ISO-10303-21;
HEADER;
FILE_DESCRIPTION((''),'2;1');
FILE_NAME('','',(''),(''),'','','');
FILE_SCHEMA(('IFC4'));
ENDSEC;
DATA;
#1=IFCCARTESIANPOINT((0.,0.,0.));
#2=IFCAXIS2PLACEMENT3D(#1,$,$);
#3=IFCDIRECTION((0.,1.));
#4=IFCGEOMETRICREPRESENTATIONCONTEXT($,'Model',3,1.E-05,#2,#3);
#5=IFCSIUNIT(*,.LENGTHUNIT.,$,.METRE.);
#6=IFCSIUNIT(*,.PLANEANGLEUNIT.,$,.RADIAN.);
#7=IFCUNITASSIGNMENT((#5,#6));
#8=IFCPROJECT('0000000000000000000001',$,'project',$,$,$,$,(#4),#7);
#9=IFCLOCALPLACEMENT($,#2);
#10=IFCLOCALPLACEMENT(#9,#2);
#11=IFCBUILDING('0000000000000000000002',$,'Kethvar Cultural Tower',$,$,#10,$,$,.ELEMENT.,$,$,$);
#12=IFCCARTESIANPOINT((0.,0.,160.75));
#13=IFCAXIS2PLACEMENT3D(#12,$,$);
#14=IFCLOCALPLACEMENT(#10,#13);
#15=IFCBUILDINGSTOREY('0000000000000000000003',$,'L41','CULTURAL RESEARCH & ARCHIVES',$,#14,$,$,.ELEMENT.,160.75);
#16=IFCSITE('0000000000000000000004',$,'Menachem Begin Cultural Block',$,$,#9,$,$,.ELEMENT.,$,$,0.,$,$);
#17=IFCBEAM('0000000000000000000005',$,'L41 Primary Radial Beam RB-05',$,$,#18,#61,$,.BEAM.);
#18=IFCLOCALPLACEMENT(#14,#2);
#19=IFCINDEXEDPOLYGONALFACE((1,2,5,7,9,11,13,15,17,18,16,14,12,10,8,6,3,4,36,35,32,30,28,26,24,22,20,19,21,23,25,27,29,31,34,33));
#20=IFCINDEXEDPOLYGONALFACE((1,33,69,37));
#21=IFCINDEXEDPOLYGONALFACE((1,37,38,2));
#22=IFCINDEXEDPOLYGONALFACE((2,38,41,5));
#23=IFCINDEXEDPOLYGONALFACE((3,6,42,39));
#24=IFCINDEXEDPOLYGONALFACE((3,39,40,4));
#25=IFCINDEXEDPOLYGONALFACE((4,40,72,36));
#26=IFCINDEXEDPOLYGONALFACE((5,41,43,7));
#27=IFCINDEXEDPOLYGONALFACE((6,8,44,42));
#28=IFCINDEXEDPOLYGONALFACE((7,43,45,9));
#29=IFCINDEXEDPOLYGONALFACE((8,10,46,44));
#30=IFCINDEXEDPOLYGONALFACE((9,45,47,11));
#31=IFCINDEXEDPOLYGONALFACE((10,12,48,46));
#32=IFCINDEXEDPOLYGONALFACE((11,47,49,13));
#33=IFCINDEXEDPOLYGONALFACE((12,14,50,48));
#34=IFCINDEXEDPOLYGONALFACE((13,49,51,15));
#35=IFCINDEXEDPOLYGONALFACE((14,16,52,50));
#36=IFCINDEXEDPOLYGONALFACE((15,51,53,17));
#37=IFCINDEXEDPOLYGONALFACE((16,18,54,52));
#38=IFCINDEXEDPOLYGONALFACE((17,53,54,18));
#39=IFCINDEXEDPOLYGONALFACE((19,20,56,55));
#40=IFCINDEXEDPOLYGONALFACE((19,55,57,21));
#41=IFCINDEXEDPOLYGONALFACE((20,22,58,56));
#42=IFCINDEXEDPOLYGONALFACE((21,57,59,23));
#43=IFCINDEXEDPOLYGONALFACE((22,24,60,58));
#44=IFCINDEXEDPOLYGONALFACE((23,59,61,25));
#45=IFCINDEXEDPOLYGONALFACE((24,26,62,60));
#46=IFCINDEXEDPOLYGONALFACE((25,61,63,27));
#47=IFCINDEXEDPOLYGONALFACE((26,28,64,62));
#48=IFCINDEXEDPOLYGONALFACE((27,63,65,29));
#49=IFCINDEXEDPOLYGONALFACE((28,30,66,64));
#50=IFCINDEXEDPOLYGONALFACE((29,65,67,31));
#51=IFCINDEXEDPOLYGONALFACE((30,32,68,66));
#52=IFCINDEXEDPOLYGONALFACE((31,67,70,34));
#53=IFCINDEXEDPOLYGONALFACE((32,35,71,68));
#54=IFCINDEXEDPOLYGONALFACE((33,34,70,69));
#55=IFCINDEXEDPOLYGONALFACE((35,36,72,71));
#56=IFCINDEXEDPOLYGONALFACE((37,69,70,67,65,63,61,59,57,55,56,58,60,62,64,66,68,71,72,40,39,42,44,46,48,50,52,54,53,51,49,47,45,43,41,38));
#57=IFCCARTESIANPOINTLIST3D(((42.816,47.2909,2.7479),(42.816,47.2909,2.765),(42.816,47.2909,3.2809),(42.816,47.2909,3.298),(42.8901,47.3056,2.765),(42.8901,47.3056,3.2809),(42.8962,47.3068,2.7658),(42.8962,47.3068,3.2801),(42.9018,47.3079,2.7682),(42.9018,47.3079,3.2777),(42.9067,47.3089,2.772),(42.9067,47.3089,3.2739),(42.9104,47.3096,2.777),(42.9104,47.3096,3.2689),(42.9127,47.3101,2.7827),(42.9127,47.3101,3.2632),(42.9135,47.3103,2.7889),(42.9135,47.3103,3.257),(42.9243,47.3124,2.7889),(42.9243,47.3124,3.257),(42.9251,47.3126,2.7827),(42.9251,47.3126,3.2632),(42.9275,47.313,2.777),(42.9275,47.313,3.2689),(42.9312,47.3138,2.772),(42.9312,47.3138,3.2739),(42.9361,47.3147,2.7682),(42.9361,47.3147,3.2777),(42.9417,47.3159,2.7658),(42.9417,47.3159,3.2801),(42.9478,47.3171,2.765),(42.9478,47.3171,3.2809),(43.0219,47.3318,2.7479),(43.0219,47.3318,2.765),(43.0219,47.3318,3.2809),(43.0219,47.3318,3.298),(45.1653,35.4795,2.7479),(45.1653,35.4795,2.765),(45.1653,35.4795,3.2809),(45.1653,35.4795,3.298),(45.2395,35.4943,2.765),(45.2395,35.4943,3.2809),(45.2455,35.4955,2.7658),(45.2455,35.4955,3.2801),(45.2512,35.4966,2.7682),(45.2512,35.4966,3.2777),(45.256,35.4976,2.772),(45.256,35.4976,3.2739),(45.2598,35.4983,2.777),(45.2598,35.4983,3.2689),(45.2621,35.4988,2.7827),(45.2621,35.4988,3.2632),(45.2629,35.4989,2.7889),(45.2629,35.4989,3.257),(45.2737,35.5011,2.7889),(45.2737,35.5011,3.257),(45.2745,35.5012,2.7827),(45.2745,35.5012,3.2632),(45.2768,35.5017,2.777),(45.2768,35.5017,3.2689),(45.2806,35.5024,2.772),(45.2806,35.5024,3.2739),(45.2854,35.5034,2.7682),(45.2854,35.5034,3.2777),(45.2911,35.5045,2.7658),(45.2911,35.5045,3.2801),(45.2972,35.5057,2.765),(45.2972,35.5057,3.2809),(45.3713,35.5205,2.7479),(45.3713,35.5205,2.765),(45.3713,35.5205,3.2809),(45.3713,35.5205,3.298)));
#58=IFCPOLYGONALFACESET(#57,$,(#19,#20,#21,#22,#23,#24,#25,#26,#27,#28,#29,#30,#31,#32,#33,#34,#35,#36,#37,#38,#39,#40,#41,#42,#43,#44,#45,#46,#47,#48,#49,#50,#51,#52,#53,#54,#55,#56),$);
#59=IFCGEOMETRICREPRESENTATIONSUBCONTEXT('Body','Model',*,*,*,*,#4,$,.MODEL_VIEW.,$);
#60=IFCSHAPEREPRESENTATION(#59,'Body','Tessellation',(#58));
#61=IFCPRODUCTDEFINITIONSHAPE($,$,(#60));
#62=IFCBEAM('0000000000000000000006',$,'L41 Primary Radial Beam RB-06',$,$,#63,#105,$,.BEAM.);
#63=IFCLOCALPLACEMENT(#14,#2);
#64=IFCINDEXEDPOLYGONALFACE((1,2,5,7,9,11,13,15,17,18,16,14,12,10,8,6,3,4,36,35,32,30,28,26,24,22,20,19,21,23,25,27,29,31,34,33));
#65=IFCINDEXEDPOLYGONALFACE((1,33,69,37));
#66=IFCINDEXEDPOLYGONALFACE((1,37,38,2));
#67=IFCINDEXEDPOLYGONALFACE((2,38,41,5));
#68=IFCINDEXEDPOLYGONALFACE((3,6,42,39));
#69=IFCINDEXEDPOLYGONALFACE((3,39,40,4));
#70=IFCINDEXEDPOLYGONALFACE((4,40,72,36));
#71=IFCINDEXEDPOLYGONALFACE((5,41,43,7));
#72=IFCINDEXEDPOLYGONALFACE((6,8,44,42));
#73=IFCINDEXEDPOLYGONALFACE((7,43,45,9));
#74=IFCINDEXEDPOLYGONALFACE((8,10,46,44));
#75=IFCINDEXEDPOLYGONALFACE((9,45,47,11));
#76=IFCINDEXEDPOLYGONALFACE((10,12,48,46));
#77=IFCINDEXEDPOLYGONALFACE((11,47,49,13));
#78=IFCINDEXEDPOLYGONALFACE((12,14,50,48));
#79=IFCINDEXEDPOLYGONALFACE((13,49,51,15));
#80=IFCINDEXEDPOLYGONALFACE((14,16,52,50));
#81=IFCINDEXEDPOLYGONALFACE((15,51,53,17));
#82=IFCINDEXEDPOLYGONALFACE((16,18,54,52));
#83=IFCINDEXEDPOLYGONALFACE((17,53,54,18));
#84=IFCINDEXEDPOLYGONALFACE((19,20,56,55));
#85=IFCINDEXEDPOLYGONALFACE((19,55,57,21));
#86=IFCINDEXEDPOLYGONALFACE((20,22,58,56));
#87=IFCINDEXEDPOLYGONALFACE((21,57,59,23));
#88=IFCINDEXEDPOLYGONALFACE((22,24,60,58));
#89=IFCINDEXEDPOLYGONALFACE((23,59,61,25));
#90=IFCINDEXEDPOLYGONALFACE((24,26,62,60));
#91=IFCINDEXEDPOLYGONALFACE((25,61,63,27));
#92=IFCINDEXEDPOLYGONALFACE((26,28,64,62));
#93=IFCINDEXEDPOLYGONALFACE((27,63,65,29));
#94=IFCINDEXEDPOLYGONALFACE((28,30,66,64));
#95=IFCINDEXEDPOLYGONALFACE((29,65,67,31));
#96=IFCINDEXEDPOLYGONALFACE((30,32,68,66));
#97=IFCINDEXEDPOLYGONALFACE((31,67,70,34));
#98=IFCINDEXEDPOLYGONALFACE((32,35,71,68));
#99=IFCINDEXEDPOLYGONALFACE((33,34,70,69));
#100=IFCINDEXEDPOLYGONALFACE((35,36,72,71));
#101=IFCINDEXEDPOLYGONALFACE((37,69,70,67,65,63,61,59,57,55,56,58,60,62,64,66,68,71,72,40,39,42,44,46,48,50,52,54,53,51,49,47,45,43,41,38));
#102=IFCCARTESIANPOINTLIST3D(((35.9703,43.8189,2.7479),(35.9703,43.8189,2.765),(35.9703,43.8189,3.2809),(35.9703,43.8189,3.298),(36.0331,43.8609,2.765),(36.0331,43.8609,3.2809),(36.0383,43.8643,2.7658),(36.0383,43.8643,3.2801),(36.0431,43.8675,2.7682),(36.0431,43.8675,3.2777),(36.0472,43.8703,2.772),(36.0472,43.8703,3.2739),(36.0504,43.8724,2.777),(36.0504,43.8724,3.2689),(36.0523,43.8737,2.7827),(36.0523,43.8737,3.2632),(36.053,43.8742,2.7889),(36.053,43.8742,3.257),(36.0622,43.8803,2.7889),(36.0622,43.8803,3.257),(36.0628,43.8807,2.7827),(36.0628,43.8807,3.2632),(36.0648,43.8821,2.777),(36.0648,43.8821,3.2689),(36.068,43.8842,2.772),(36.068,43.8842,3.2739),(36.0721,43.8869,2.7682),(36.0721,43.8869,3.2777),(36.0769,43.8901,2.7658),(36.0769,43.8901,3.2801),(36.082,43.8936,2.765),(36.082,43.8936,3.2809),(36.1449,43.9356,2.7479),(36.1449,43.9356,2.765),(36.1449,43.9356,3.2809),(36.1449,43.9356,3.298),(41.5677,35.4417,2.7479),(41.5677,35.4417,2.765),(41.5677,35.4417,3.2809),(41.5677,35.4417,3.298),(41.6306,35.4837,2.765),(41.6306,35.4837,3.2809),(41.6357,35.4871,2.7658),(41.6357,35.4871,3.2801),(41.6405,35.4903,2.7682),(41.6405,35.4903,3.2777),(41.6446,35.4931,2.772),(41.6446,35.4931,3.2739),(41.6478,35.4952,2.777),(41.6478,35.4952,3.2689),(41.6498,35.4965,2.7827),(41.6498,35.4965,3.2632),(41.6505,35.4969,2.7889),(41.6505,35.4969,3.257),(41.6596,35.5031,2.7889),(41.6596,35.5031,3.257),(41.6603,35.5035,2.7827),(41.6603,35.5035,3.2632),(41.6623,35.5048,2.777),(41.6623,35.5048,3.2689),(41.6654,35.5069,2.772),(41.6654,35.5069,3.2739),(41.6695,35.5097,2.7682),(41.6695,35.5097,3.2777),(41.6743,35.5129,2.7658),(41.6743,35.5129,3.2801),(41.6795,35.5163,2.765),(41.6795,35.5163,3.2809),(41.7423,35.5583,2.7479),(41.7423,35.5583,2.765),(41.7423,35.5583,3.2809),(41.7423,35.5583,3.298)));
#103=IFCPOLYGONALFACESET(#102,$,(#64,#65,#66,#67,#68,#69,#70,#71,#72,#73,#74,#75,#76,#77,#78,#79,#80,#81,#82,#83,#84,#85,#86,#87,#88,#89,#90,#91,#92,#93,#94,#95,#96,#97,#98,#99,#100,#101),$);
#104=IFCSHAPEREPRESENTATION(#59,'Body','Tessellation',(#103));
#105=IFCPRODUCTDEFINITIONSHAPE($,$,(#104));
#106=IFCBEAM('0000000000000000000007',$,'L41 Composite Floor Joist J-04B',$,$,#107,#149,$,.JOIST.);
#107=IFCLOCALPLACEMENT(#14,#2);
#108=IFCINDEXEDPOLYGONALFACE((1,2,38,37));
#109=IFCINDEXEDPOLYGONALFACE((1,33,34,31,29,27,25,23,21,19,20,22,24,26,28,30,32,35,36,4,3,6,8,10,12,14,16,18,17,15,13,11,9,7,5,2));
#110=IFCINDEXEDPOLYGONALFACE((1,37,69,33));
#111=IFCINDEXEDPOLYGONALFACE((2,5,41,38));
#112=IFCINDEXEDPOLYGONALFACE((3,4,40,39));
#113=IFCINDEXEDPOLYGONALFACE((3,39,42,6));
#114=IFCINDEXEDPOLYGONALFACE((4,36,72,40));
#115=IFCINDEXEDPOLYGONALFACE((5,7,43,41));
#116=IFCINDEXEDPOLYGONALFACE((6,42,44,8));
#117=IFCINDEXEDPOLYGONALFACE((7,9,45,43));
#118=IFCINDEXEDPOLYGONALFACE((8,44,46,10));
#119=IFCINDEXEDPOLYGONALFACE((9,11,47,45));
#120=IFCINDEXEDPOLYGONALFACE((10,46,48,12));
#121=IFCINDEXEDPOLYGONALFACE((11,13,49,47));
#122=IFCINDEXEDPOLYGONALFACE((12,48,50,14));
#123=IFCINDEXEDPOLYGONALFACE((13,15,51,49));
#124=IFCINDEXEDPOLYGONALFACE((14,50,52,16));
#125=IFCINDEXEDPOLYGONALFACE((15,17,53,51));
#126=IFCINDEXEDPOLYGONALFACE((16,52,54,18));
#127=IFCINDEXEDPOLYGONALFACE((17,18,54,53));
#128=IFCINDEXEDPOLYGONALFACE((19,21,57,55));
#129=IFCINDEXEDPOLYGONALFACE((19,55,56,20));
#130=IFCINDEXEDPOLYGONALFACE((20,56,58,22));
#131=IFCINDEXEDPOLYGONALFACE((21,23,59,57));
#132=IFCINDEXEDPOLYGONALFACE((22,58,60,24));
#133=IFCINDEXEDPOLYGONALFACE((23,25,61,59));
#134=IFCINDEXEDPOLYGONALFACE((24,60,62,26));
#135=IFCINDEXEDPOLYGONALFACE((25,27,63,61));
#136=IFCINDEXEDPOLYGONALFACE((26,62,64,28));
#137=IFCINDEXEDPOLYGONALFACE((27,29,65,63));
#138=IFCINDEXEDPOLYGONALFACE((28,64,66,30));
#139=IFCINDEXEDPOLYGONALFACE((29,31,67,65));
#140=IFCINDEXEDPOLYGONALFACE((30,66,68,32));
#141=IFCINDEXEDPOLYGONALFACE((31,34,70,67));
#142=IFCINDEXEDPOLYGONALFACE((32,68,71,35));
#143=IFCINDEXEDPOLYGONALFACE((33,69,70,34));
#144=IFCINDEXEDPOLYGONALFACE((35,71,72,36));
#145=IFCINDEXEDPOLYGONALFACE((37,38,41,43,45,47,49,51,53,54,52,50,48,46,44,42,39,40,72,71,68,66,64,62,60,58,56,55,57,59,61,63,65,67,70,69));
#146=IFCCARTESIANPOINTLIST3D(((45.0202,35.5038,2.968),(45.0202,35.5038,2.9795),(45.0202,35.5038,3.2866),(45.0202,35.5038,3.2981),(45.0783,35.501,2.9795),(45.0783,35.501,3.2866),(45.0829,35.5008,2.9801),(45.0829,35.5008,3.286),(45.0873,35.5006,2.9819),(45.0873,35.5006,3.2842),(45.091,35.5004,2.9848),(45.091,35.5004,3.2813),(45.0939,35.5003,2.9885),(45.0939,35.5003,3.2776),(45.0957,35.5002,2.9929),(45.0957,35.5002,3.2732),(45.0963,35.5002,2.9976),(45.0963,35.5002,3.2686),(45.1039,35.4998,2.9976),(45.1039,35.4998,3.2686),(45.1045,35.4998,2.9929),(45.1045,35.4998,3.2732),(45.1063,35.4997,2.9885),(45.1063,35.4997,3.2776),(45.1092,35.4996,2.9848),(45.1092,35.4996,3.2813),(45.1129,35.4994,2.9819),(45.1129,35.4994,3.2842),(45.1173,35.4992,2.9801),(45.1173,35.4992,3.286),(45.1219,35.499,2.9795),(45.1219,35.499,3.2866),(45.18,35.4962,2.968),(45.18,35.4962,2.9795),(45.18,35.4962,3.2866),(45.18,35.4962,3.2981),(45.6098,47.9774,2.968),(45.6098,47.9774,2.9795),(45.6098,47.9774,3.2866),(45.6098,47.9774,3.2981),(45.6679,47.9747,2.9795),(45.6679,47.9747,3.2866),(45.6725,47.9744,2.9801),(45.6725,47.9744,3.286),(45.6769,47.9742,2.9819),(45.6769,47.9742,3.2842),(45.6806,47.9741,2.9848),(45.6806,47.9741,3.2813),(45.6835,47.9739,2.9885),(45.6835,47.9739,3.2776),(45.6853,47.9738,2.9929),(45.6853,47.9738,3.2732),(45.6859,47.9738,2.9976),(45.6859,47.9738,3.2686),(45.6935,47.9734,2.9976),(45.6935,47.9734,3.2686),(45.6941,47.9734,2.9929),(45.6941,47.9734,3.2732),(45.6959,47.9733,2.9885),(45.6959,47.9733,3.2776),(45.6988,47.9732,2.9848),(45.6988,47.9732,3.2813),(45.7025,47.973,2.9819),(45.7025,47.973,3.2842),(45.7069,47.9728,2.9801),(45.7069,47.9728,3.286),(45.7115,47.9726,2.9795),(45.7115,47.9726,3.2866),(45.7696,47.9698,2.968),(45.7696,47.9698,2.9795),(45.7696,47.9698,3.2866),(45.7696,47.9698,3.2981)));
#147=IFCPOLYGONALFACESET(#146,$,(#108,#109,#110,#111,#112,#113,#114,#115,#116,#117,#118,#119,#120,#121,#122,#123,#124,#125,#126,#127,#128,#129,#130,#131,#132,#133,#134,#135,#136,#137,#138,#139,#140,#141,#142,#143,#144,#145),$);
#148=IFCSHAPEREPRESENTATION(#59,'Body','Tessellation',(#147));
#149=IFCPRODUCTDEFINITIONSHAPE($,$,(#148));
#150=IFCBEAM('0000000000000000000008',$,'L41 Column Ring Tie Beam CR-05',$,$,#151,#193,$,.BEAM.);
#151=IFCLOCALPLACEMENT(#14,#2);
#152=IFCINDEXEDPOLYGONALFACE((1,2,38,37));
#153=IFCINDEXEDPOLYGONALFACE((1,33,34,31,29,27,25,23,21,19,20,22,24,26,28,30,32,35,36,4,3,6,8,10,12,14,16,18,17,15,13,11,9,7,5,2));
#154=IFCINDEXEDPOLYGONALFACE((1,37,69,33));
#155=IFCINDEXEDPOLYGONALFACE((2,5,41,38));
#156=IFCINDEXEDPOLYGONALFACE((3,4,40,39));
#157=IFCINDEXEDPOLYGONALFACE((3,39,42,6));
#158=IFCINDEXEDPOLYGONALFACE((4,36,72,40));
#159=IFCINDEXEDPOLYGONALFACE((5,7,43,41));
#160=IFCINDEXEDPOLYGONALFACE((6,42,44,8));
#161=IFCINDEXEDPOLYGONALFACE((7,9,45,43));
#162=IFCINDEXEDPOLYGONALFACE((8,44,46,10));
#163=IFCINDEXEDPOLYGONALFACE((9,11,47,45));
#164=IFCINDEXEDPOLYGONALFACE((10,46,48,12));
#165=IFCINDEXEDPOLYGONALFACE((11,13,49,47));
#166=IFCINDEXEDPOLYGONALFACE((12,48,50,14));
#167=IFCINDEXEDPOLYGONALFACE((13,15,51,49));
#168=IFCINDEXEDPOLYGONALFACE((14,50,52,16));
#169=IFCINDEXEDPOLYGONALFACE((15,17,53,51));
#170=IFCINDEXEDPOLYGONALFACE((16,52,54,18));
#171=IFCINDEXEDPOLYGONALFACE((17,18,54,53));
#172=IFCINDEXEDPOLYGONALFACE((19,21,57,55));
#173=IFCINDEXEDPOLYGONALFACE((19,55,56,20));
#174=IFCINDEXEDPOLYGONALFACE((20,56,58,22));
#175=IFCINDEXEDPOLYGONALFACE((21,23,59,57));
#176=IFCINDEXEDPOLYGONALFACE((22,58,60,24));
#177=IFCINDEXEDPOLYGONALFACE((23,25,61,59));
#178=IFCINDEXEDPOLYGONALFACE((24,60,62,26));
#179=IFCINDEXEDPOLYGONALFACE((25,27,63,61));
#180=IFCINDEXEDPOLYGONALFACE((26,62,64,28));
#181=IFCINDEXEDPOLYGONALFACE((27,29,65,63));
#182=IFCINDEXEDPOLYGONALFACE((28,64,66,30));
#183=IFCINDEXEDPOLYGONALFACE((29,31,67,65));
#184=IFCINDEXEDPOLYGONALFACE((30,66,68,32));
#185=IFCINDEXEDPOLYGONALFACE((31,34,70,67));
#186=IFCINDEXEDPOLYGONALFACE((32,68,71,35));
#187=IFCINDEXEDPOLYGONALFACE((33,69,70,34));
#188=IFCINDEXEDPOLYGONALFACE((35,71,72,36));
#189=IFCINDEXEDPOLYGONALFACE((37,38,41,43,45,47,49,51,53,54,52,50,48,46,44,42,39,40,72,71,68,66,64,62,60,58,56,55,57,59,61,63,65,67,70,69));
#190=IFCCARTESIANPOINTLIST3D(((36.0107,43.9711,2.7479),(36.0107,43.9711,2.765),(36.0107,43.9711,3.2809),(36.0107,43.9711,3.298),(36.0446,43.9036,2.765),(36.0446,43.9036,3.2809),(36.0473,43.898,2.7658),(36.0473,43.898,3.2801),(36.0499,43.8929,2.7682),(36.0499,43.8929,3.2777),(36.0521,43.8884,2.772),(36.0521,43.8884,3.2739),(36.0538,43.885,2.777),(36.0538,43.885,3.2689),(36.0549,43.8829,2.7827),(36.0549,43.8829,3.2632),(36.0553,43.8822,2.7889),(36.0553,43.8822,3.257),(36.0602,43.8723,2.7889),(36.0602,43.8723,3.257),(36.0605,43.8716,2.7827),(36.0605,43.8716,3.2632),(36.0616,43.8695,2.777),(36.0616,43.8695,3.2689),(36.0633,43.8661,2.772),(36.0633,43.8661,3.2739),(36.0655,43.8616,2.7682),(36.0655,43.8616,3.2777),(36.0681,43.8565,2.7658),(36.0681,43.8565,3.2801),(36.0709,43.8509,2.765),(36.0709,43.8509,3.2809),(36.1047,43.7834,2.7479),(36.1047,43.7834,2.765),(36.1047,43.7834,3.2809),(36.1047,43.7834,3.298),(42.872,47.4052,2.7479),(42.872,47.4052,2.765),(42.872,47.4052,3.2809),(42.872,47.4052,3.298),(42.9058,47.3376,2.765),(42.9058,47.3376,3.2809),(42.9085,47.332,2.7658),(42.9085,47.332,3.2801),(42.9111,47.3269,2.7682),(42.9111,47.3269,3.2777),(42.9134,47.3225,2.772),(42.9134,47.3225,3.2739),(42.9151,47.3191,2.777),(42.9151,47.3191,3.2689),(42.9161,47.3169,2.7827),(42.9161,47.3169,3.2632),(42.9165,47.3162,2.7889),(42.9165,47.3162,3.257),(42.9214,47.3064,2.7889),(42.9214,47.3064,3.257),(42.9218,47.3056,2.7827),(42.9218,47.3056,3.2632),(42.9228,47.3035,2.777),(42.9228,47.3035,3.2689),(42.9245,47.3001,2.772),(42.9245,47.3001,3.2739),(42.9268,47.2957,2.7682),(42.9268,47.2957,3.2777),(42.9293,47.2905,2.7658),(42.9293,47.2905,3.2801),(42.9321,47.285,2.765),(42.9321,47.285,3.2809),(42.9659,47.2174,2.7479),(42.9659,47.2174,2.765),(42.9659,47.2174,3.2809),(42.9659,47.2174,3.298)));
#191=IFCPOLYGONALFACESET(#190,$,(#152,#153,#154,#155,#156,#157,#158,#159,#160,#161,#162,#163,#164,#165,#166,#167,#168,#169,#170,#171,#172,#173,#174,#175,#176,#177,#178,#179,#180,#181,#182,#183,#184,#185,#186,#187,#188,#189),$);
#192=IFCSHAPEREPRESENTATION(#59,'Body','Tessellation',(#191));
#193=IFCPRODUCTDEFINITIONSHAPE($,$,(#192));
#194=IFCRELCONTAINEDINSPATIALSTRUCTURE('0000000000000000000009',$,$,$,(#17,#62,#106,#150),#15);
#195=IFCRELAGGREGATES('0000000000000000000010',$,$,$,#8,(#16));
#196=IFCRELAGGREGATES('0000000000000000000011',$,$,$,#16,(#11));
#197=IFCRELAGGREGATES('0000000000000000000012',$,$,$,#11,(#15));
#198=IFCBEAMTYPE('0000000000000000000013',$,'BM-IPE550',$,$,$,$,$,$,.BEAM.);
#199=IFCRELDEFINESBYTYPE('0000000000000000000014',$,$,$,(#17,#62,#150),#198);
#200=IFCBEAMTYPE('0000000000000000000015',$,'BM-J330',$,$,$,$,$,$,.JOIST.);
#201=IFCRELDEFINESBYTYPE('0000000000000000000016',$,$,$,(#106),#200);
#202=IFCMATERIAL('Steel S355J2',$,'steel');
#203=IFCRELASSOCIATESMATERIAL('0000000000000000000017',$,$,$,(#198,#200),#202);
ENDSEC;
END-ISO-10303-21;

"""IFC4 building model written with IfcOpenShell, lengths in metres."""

from ifc_helpers import new_model, si_unit, direction, frame, origin, origin_2d, place, context, subcontext, project, spatial, i_section, extrude, source, transform, mapped, material, material_profile, profile_set, type_object, element, save


model = new_model("IFC4")

# Units and contexts
model_context = context("Model", 3, precision=1e-05, world=origin(), true_north=direction((0.0, 1.0)))
body_context = subcontext(model_context, "Body", "Model", "MODEL_VIEW")
ifc_project = project(units=[si_unit("LENGTHUNIT", "METRE"), si_unit("PLANEANGLEUNIT", "RADIAN")], contexts=[model_context])

# Site, building, storey
site_placement = place(None, origin())
site = spatial("IfcSite", under=ifc_project, at=site_placement, Name="Menachem Begin Cultural Block", CompositionType="ELEMENT", RefElevation=0.0)
building_placement = place(site_placement, origin())
building = spatial("IfcBuilding", under=site, at=building_placement, Name="Kethvar Cultural Tower", CompositionType="ELEMENT")
storey_placement = place(building_placement, frame((0.0, 0.0, 160.75)))
storey = spatial("IfcBuildingStorey", under=building, at=storey_placement, Name="L41", Description="CULTURAL RESEARCH & ARCHIVES", CompositionType="ELEMENT", Elevation=160.75)

# Beams
ifc_material_1 = material(Name="Steel S355J2", Category="steel")
ifc_material_profile_1 = material_profile(ifc_material_1, i_section(OverallWidth=0.21, OverallDepth=0.55, WebThickness=0.011, FlangeThickness=0.0171, FilletRadius=0.0239, at=origin_2d()), Name="Steel S355J2 — IPE550")
ifc_profile_set_1 = profile_set([ifc_material_profile_1], Name="Steel S355J2 — IPE550")
beam_type_1 = type_object("IfcBeamType", Name="BM-IPE550", PredefinedType="BEAM", material=ifc_profile_set_1)
shared_shape_1 = source(origin(), body_context, "Body", "SweptSolid", [
    extrude(i_section(OverallWidth=0.21, OverallDepth=0.55, WebThickness=0.011, FlangeThickness=0.0171, FilletRadius=0.0239, at=origin_2d()), origin(), (0.0, 0.0, 1.0), 12.0427),
])
beam_1_placement = place(storey_placement, frame((45.2683, 35.5, 3.0229), z_axis=(-0.195087, 0.980786, 0.0), x_axis=(-0.980786, -0.195087, 0.0)))
element("IfcBeam", 1, at=beam_1_placement, inside=storey, type_object=beam_type_1, Name="L41 Primary Radial Beam RB-05", PredefinedType="BEAM", context=body_context, shape_type="MappedRepresentation", body=[
    mapped(shared_shape_1, transform((0.0, 0.0, 0.0), scale=1.0)),
])
shared_shape_2 = source(origin(), body_context, "Body", "SweptSolid", [
    extrude(i_section(OverallWidth=0.21, OverallDepth=0.55, WebThickness=0.011, FlangeThickness=0.0171, FilletRadius=0.0239, at=origin_2d()), origin(), (0.0, 0.0, 1.0), 10.0752),
])
beam_2_placement = place(storey_placement, frame((41.655, 35.5, 3.0229), z_axis=(-0.555567, 0.831472, 0.0), x_axis=(-0.831472, -0.555567, 0.0)))
element("IfcBeam", 2, at=beam_2_placement, inside=storey, type_object=beam_type_1, Name="L41 Primary Radial Beam RB-06", PredefinedType="BEAM", context=body_context, shape_type="MappedRepresentation", body=[
    mapped(shared_shape_2, transform((0.0, 0.0, 0.0), scale=1.0)),
])
ifc_material_profile_2 = material_profile(ifc_material_1, i_section(OverallWidth=0.1599, OverallDepth=0.3301, WebThickness=0.0076, FlangeThickness=0.0115, FilletRadius=0.0181, at=origin_2d()), Name="Steel S355J2 — IPE330")
ifc_profile_set_2 = profile_set([ifc_material_profile_2], Name="Steel S355J2 — IPE330")
beam_type_2 = type_object("IfcBeamType", Name="BM-J330", PredefinedType="JOIST", material=ifc_profile_set_2)
shared_shape_3 = source(origin(), body_context, "Body", "SweptSolid", [
    extrude(i_section(OverallWidth=0.1599, OverallDepth=0.3301, WebThickness=0.0076, FlangeThickness=0.0115, FilletRadius=0.0181, at=origin_2d()), origin(), (0.0, 0.0, 1.0), 12.4875),
])
beam_3_placement = place(storey_placement, frame((45.1001, 35.5, 3.1331), z_axis=(0.047215, 0.998885, 0.0), x_axis=(-0.998885, 0.047215, 0.0)))
element("IfcBeam", 3, at=beam_3_placement, inside=storey, type_object=beam_type_2, Name="L41 Composite Floor Joist J-04B", PredefinedType="JOIST", context=body_context, shape_type="MappedRepresentation", body=[
    mapped(shared_shape_3, transform((0.0, 0.0, 0.0), scale=1.0)),
])
shared_shape_4 = source(origin(), body_context, "Body", "SweptSolid", [
    extrude(i_section(OverallWidth=0.21, OverallDepth=0.55, WebThickness=0.011, FlangeThickness=0.0171, FilletRadius=0.0239, at=origin_2d()), origin(), (0.0, 0.0, 1.0), 7.6726),
])
beam_4_placement = place(storey_placement, frame((42.9189, 47.3113, 3.0229), z_axis=(-0.894249, -0.44757, 0.0), x_axis=(0.44757, -0.894249, 0.0)))
element("IfcBeam", 4, at=beam_4_placement, inside=storey, type_object=beam_type_1, Name="L41 Column Ring Tie Beam CR-05", PredefinedType="BEAM", context=body_context, shape_type="MappedRepresentation", body=[
    mapped(shared_shape_4, transform((0.0, 0.0, 0.0), scale=1.0)),
])

save(model, "model.ifc")
